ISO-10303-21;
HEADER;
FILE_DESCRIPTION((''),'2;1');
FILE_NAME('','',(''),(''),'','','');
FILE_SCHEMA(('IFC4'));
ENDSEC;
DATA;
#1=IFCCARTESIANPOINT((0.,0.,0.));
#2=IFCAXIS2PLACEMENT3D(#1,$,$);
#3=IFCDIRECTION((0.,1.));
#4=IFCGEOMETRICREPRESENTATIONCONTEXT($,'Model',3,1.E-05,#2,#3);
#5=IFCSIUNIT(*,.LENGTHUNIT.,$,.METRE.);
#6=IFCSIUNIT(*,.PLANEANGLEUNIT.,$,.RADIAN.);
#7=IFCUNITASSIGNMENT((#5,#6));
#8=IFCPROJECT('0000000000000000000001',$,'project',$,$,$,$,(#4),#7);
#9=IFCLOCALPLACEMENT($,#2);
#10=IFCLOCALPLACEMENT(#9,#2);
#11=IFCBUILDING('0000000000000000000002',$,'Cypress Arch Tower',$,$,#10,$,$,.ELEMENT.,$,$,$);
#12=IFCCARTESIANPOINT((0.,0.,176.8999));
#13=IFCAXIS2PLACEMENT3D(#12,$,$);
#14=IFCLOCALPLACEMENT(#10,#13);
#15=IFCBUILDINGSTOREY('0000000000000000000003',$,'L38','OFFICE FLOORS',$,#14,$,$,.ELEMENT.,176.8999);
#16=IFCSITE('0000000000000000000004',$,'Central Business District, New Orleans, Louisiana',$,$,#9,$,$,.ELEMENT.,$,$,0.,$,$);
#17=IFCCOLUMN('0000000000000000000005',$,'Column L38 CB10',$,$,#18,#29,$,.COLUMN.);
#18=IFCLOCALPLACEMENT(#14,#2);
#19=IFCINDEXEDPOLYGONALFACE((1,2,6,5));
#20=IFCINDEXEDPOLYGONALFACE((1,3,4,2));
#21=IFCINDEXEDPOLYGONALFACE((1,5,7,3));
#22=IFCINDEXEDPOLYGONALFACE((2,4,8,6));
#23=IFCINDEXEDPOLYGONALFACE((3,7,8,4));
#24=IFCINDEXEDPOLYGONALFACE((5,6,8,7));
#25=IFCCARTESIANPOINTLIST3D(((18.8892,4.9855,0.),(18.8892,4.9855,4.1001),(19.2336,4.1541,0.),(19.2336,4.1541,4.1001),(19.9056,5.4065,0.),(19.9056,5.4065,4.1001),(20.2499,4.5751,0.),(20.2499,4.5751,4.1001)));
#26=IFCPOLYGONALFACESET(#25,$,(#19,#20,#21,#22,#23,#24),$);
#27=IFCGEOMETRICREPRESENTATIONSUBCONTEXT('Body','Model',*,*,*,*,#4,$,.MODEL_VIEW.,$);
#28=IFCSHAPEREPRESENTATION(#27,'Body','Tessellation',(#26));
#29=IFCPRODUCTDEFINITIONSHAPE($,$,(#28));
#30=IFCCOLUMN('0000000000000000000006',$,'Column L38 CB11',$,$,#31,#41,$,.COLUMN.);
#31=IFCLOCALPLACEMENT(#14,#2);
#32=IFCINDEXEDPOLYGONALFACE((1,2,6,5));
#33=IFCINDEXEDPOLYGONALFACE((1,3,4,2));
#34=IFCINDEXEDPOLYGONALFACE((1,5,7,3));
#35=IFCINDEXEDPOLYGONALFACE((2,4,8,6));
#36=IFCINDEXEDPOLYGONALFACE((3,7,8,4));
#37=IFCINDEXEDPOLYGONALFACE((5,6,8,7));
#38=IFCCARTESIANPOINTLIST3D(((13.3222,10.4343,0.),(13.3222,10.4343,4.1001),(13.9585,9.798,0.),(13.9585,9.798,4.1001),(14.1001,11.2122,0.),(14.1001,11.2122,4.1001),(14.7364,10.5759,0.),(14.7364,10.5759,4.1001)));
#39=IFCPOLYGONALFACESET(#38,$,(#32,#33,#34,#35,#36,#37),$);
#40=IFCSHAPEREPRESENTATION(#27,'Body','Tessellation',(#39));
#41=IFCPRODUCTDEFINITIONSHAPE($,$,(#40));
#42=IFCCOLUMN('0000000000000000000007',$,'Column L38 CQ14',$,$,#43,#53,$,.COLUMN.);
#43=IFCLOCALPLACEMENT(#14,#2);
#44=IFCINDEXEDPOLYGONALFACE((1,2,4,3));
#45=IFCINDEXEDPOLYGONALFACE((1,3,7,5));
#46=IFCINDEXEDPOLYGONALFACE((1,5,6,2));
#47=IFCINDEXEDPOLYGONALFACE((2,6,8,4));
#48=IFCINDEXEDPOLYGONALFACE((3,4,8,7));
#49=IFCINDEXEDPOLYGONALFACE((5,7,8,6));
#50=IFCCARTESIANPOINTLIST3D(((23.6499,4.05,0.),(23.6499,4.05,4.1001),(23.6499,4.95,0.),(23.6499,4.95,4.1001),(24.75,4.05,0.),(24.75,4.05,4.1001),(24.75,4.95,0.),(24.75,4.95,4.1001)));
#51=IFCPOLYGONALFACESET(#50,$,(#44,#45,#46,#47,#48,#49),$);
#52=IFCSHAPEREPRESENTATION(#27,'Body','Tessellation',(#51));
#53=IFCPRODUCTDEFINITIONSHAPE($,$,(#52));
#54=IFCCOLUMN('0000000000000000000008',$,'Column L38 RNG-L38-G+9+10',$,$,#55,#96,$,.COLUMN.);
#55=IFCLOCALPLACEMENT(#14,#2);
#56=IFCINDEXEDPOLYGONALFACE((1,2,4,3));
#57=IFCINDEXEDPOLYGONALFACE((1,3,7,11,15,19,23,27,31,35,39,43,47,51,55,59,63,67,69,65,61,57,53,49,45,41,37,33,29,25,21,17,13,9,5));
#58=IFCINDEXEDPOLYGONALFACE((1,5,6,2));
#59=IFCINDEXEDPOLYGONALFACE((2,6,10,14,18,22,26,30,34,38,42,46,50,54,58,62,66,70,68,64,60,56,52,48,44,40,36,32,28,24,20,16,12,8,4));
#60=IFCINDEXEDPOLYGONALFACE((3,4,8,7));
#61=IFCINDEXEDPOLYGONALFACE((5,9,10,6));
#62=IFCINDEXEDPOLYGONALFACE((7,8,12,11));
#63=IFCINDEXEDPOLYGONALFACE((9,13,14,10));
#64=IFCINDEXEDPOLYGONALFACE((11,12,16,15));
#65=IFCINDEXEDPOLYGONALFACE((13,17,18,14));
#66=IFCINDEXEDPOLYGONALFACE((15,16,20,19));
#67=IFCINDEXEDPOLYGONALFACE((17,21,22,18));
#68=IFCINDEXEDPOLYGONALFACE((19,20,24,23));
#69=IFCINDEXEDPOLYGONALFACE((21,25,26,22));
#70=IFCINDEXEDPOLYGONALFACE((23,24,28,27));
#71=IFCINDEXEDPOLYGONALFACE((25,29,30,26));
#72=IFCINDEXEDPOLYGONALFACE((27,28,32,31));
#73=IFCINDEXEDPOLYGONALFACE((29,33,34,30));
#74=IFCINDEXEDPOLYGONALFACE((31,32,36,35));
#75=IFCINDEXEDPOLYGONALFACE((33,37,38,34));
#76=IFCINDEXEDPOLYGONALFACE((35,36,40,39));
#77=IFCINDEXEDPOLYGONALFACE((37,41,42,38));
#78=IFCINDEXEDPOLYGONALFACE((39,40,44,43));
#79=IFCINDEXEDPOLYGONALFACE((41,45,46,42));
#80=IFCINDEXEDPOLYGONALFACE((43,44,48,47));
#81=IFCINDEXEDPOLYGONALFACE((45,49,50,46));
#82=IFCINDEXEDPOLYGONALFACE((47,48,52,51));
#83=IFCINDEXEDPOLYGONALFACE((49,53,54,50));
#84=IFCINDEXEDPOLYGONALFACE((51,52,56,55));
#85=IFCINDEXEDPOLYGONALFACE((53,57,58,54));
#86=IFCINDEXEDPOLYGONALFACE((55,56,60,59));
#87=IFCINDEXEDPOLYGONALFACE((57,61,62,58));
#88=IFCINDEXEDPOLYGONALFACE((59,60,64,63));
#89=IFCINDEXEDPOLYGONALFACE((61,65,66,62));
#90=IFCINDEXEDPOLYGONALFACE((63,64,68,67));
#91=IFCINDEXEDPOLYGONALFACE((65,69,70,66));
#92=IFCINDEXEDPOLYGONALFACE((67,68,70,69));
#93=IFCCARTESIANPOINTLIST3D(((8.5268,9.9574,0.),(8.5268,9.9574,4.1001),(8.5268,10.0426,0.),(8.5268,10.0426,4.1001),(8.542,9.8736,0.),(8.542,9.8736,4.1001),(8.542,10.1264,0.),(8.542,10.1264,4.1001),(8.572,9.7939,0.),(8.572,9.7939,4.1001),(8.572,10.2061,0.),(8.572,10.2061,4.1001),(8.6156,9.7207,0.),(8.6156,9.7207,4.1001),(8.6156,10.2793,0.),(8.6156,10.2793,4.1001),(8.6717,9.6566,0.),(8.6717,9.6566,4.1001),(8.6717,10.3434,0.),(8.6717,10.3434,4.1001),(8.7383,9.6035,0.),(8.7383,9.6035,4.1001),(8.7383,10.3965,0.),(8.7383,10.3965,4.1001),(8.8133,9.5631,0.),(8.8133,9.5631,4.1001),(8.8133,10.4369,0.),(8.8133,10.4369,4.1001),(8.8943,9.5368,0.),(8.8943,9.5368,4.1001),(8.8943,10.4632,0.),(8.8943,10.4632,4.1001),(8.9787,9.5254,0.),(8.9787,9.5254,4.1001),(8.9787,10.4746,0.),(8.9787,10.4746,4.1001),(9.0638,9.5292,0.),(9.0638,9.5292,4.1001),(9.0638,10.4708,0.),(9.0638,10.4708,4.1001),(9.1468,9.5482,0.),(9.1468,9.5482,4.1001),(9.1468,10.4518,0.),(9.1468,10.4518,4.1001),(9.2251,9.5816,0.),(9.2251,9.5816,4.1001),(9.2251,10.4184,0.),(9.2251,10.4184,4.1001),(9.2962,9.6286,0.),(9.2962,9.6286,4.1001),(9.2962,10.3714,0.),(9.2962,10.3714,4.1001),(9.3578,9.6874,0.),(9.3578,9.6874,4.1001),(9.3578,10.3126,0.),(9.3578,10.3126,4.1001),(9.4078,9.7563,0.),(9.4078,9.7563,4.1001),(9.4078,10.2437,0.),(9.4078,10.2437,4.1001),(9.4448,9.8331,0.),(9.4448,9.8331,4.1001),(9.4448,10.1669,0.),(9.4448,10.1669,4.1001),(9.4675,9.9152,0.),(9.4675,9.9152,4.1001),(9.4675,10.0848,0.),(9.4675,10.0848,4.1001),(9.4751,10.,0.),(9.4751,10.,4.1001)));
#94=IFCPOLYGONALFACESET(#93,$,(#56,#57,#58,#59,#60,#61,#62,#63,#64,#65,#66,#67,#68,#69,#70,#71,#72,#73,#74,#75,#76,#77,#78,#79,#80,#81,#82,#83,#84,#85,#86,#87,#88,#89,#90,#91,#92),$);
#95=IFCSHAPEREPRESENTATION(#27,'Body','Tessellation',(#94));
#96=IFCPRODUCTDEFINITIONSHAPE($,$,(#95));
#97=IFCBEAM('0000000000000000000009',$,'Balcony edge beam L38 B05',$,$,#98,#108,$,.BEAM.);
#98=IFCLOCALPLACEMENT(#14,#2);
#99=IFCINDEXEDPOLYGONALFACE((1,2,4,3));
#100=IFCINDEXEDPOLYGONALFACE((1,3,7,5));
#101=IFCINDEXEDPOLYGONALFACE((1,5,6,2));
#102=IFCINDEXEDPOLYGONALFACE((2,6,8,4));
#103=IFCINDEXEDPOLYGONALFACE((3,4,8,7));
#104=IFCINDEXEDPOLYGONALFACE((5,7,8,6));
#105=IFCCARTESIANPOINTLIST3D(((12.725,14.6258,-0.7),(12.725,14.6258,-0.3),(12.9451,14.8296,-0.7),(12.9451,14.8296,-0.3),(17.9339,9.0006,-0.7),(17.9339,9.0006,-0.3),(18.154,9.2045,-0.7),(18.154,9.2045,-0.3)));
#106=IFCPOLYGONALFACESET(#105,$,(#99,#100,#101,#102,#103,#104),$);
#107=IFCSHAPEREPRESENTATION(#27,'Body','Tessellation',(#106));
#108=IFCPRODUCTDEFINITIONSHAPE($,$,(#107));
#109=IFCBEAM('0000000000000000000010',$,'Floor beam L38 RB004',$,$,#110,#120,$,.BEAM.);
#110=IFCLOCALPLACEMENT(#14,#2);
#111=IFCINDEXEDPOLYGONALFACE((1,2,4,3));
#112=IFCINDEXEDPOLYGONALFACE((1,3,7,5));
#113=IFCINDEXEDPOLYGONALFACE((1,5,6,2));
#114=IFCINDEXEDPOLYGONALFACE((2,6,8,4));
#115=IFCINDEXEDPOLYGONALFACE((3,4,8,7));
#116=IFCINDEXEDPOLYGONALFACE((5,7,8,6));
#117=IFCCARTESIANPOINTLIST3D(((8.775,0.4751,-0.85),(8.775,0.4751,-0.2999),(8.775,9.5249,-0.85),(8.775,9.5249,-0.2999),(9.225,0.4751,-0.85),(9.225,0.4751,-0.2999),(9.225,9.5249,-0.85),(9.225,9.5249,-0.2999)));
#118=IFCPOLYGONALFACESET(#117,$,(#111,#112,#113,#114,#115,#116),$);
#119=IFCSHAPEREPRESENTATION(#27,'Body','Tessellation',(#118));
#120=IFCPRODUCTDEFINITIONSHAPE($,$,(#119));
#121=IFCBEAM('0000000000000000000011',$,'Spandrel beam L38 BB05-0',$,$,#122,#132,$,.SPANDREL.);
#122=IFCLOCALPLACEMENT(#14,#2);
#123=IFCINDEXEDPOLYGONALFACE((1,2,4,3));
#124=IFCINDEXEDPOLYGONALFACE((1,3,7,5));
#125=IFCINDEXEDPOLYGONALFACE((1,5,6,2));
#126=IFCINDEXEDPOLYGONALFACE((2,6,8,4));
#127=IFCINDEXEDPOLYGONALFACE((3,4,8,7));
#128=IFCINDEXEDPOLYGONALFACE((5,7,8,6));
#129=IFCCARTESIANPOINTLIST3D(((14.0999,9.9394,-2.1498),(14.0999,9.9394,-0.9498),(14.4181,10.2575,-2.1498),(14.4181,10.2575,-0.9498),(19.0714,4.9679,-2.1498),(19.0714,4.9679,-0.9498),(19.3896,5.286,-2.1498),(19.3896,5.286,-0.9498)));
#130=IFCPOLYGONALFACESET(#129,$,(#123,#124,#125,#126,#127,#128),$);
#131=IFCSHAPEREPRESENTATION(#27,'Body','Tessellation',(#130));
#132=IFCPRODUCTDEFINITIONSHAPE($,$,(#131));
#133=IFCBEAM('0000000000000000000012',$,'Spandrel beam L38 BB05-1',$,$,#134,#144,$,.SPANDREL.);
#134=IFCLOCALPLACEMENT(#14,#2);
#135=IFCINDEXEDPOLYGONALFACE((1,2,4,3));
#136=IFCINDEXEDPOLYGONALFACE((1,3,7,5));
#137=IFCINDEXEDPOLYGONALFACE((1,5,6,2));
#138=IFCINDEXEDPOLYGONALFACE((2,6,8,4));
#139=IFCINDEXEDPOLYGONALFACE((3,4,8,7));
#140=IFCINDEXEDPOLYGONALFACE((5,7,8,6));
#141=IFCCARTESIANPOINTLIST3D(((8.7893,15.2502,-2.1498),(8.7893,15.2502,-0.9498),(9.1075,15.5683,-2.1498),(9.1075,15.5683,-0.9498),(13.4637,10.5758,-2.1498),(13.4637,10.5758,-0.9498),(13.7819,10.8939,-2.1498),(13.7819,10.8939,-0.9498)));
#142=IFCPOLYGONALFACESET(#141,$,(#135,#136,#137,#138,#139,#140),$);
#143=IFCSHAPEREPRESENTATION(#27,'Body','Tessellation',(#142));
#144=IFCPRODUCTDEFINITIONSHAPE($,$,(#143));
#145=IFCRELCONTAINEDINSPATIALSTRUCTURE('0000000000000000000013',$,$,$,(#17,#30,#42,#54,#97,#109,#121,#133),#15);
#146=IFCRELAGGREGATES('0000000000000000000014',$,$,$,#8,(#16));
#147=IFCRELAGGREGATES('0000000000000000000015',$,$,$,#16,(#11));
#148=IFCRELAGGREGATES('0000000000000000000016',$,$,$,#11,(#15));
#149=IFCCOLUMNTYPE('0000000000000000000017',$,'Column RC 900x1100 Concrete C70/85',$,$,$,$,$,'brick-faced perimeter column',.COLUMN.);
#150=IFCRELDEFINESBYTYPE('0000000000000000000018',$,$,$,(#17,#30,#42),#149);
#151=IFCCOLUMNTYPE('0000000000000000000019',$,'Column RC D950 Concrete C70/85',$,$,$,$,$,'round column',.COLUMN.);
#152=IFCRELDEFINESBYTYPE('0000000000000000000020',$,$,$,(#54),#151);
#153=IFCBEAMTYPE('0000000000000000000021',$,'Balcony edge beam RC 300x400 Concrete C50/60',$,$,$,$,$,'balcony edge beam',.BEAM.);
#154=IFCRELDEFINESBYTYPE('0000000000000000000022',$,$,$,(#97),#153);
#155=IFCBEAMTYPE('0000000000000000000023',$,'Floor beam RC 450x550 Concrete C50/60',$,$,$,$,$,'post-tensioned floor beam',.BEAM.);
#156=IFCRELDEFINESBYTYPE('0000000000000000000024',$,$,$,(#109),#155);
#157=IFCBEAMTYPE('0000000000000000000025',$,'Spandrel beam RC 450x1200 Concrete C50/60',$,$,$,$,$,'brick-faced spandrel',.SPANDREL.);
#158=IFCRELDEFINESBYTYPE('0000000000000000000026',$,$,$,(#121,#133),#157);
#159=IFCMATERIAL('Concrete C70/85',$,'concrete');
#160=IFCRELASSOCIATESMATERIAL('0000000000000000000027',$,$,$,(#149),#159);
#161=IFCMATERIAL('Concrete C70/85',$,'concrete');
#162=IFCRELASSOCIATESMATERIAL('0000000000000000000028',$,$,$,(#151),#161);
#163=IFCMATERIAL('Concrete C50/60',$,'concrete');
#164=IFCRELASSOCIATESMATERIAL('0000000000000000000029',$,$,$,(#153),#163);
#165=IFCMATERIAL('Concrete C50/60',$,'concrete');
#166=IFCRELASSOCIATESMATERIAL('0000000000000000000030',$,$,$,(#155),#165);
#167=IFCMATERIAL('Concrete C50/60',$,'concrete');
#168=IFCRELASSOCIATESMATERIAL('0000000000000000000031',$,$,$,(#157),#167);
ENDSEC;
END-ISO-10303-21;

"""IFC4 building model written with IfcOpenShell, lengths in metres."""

from ifc_helpers import new_model, si_unit, direction, frame, origin, origin_2d, place, context, subcontext, project, spatial, rectangle, circle, extrude, material, material_profile, profile_set, type_object, element, save


model = new_model("IFC4")

# Units and contexts
model_context = context("Model", 3, precision=1e-05, world=origin(), true_north=direction((0.0, 1.0)))
body_context = subcontext(model_context, "Body", "Model", "MODEL_VIEW")
ifc_project = project(units=[si_unit("LENGTHUNIT", "METRE"), si_unit("PLANEANGLEUNIT", "RADIAN")], contexts=[model_context])

# Site, building, storey
site_placement = place(None, origin())
site = spatial("IfcSite", under=ifc_project, at=site_placement, Name="Central Business District, New Orleans, Louisiana", CompositionType="ELEMENT", RefElevation=0.0)
building_placement = place(site_placement, origin())
building = spatial("IfcBuilding", under=site, at=building_placement, Name="Cypress Arch Tower", CompositionType="ELEMENT")
storey_placement = place(building_placement, frame((0.0, 0.0, 176.8999)))
storey = spatial("IfcBuildingStorey", under=building, at=storey_placement, Name="L38", Description="OFFICE FLOORS", CompositionType="ELEMENT", Elevation=176.8999)

# Columns
ifc_material_1 = material(Name="Concrete C70/85", Category="concrete")
ifc_material_profile_1 = material_profile(ifc_material_1, rectangle(XDim=0.8999, YDim=1.1001, at=origin_2d()), Name="RC 900x1100")
ifc_profile_set_1 = profile_set([ifc_material_profile_1], Name="Concrete C70/85")
column_type_1 = type_object("IfcColumnType", Name="Column RC 900x1100 Concrete C70/85", ElementType="brick-faced perimeter column", PredefinedType="COLUMN", material=ifc_profile_set_1)
for number, where, z_axis, x_axis, name in (
    (1, (19.5696, 4.7803, 0.0), (0.0, 0.0, 1.0), (-0.382683, 0.92388, 0.0), "Column L38 CB10"),
    (2, (14.0293, 10.5051, 0.0), (0.0, 0.0, 1.0), (-0.707107, 0.707107, 0.0), "Column L38 CB11"),
    (3, (24.2, 4.5, 0.0), (0.0, 0.0, 1.0), (0.0, 1.0, 0.0), "Column L38 CQ14"),
):
    element("IfcColumn", number, at=place(storey_placement, frame(where, z_axis=z_axis, x_axis=x_axis)), inside=storey, type_object=column_type_1, Name=name, PredefinedType="COLUMN", context=body_context, shape_type="SweptSolid", body=[
        extrude(rectangle(XDim=0.8999, YDim=1.1001, at=origin_2d()), origin(), (0.0, 0.0, 1.0), 4.1001),
    ])
ifc_material_2 = material(Name="Concrete C70/85", Category="concrete")
ifc_material_profile_2 = material_profile(ifc_material_2, circle(Radius=0.4751, at=origin_2d()), Name="RC D950")
ifc_profile_set_2 = profile_set([ifc_material_profile_2], Name="Concrete C70/85")
column_type_2 = type_object("IfcColumnType", Name="Column RC D950 Concrete C70/85", ElementType="round column", PredefinedType="COLUMN", material=ifc_profile_set_2)
column_placement = place(storey_placement, frame((9.0, 10.0, 0.0), z_axis=(0.0, 0.0, 1.0), x_axis=(1.0, 0.0, 0.0)))
element("IfcColumn", 4, at=column_placement, inside=storey, type_object=column_type_2, Name="Column L38 RNG-L38-G+9+10", PredefinedType="COLUMN", context=body_context, shape_type="SweptSolid", body=[
    extrude(circle(Radius=0.4751, at=origin_2d()), origin(), (0.0, 0.0, 1.0), 4.1001),
])

# Beams
ifc_material_3 = material(Name="Concrete C50/60", Category="concrete")
ifc_material_profile_3 = material_profile(ifc_material_3, rectangle(XDim=0.3, YDim=0.3999, at=origin_2d()), Name="RC 300x400")
ifc_profile_set_3 = profile_set([ifc_material_profile_3], Name="Concrete C50/60")
beam_type_1 = type_object("IfcBeamType", Name="Balcony edge beam RC 300x400 Concrete C50/60", ElementType="balcony edge beam", PredefinedType="BEAM", material=ifc_profile_set_3)
beam_1_placement = place(storey_placement, frame((18.0439, 9.1025, -0.5), z_axis=(-0.679438, 0.733733, 0.0), x_axis=(-0.733733, -0.679438, 0.0)))
element("IfcBeam", 5, at=beam_1_placement, inside=storey, type_object=beam_type_1, Name="Balcony edge beam L38 B05", PredefinedType="BEAM", context=body_context, shape_type="SweptSolid", body=[
    extrude(rectangle(XDim=0.3, YDim=0.3999, at=origin_2d()), origin(), (0.0, 0.0, 1.0), 7.6665),
])
ifc_material_4 = material(Name="Concrete C50/60", Category="concrete")
ifc_material_profile_4 = material_profile(ifc_material_4, rectangle(XDim=0.45, YDim=0.55, at=origin_2d()), Name="RC 450x550")
ifc_profile_set_4 = profile_set([ifc_material_profile_4], Name="Concrete C50/60")
beam_type_2 = type_object("IfcBeamType", Name="Floor beam RC 450x550 Concrete C50/60", ElementType="post-tensioned floor beam", PredefinedType="BEAM", material=ifc_profile_set_4)
beam_2_placement = place(storey_placement, frame((9.0, 0.4751, -0.575), z_axis=(0.0, 1.0, 0.0), x_axis=(-1.0, 0.0, 0.0)))
element("IfcBeam", 6, at=beam_2_placement, inside=storey, type_object=beam_type_2, Name="Floor beam L38 RB004", PredefinedType="BEAM", context=body_context, shape_type="SweptSolid", body=[
    extrude(rectangle(XDim=0.45, YDim=0.55, at=origin_2d()), origin(), (0.0, 0.0, 1.0), 9.0498),
])
ifc_material_5 = material(Name="Concrete C50/60", Category="concrete")
ifc_material_profile_5 = material_profile(ifc_material_5, rectangle(XDim=0.45, YDim=1.2, at=origin_2d()), Name="RC 450x1200")
ifc_profile_set_5 = profile_set([ifc_material_profile_5], Name="Concrete C50/60")
beam_type_3 = type_object("IfcBeamType", Name="Spandrel beam RC 450x1200 Concrete C50/60", ElementType="brick-faced spandrel", PredefinedType="SPANDREL", material=ifc_profile_set_5)
beam_3_placement = place(storey_placement, frame((19.2305, 5.127, -1.5498), z_axis=(-0.707107, 0.707107, 0.0), x_axis=(-0.707107, -0.707107, 0.0)))
element("IfcBeam", 7, at=beam_3_placement, inside=storey, type_object=beam_type_3, Name="Spandrel beam L38 BB05-0", PredefinedType="SPANDREL", context=body_context, shape_type="SweptSolid", body=[
    extrude(rectangle(XDim=0.45, YDim=1.2, at=origin_2d()), origin(), (0.0, 0.0, 1.0), 7.0308),
])
beam_4_placement = place(storey_placement, frame((13.6228, 10.7349, -1.5498), z_axis=(-0.707107, 0.707107, 0.0), x_axis=(-0.707107, -0.707107, 0.0)))
element("IfcBeam", 8, at=beam_4_placement, inside=storey, type_object=beam_type_3, Name="Spandrel beam L38 BB05-1", PredefinedType="SPANDREL", context=body_context, shape_type="SweptSolid", body=[
    extrude(rectangle(XDim=0.45, YDim=1.2, at=origin_2d()), origin(), (0.0, 0.0, 1.0), 6.6106),
])

save(model, "model.ifc")
